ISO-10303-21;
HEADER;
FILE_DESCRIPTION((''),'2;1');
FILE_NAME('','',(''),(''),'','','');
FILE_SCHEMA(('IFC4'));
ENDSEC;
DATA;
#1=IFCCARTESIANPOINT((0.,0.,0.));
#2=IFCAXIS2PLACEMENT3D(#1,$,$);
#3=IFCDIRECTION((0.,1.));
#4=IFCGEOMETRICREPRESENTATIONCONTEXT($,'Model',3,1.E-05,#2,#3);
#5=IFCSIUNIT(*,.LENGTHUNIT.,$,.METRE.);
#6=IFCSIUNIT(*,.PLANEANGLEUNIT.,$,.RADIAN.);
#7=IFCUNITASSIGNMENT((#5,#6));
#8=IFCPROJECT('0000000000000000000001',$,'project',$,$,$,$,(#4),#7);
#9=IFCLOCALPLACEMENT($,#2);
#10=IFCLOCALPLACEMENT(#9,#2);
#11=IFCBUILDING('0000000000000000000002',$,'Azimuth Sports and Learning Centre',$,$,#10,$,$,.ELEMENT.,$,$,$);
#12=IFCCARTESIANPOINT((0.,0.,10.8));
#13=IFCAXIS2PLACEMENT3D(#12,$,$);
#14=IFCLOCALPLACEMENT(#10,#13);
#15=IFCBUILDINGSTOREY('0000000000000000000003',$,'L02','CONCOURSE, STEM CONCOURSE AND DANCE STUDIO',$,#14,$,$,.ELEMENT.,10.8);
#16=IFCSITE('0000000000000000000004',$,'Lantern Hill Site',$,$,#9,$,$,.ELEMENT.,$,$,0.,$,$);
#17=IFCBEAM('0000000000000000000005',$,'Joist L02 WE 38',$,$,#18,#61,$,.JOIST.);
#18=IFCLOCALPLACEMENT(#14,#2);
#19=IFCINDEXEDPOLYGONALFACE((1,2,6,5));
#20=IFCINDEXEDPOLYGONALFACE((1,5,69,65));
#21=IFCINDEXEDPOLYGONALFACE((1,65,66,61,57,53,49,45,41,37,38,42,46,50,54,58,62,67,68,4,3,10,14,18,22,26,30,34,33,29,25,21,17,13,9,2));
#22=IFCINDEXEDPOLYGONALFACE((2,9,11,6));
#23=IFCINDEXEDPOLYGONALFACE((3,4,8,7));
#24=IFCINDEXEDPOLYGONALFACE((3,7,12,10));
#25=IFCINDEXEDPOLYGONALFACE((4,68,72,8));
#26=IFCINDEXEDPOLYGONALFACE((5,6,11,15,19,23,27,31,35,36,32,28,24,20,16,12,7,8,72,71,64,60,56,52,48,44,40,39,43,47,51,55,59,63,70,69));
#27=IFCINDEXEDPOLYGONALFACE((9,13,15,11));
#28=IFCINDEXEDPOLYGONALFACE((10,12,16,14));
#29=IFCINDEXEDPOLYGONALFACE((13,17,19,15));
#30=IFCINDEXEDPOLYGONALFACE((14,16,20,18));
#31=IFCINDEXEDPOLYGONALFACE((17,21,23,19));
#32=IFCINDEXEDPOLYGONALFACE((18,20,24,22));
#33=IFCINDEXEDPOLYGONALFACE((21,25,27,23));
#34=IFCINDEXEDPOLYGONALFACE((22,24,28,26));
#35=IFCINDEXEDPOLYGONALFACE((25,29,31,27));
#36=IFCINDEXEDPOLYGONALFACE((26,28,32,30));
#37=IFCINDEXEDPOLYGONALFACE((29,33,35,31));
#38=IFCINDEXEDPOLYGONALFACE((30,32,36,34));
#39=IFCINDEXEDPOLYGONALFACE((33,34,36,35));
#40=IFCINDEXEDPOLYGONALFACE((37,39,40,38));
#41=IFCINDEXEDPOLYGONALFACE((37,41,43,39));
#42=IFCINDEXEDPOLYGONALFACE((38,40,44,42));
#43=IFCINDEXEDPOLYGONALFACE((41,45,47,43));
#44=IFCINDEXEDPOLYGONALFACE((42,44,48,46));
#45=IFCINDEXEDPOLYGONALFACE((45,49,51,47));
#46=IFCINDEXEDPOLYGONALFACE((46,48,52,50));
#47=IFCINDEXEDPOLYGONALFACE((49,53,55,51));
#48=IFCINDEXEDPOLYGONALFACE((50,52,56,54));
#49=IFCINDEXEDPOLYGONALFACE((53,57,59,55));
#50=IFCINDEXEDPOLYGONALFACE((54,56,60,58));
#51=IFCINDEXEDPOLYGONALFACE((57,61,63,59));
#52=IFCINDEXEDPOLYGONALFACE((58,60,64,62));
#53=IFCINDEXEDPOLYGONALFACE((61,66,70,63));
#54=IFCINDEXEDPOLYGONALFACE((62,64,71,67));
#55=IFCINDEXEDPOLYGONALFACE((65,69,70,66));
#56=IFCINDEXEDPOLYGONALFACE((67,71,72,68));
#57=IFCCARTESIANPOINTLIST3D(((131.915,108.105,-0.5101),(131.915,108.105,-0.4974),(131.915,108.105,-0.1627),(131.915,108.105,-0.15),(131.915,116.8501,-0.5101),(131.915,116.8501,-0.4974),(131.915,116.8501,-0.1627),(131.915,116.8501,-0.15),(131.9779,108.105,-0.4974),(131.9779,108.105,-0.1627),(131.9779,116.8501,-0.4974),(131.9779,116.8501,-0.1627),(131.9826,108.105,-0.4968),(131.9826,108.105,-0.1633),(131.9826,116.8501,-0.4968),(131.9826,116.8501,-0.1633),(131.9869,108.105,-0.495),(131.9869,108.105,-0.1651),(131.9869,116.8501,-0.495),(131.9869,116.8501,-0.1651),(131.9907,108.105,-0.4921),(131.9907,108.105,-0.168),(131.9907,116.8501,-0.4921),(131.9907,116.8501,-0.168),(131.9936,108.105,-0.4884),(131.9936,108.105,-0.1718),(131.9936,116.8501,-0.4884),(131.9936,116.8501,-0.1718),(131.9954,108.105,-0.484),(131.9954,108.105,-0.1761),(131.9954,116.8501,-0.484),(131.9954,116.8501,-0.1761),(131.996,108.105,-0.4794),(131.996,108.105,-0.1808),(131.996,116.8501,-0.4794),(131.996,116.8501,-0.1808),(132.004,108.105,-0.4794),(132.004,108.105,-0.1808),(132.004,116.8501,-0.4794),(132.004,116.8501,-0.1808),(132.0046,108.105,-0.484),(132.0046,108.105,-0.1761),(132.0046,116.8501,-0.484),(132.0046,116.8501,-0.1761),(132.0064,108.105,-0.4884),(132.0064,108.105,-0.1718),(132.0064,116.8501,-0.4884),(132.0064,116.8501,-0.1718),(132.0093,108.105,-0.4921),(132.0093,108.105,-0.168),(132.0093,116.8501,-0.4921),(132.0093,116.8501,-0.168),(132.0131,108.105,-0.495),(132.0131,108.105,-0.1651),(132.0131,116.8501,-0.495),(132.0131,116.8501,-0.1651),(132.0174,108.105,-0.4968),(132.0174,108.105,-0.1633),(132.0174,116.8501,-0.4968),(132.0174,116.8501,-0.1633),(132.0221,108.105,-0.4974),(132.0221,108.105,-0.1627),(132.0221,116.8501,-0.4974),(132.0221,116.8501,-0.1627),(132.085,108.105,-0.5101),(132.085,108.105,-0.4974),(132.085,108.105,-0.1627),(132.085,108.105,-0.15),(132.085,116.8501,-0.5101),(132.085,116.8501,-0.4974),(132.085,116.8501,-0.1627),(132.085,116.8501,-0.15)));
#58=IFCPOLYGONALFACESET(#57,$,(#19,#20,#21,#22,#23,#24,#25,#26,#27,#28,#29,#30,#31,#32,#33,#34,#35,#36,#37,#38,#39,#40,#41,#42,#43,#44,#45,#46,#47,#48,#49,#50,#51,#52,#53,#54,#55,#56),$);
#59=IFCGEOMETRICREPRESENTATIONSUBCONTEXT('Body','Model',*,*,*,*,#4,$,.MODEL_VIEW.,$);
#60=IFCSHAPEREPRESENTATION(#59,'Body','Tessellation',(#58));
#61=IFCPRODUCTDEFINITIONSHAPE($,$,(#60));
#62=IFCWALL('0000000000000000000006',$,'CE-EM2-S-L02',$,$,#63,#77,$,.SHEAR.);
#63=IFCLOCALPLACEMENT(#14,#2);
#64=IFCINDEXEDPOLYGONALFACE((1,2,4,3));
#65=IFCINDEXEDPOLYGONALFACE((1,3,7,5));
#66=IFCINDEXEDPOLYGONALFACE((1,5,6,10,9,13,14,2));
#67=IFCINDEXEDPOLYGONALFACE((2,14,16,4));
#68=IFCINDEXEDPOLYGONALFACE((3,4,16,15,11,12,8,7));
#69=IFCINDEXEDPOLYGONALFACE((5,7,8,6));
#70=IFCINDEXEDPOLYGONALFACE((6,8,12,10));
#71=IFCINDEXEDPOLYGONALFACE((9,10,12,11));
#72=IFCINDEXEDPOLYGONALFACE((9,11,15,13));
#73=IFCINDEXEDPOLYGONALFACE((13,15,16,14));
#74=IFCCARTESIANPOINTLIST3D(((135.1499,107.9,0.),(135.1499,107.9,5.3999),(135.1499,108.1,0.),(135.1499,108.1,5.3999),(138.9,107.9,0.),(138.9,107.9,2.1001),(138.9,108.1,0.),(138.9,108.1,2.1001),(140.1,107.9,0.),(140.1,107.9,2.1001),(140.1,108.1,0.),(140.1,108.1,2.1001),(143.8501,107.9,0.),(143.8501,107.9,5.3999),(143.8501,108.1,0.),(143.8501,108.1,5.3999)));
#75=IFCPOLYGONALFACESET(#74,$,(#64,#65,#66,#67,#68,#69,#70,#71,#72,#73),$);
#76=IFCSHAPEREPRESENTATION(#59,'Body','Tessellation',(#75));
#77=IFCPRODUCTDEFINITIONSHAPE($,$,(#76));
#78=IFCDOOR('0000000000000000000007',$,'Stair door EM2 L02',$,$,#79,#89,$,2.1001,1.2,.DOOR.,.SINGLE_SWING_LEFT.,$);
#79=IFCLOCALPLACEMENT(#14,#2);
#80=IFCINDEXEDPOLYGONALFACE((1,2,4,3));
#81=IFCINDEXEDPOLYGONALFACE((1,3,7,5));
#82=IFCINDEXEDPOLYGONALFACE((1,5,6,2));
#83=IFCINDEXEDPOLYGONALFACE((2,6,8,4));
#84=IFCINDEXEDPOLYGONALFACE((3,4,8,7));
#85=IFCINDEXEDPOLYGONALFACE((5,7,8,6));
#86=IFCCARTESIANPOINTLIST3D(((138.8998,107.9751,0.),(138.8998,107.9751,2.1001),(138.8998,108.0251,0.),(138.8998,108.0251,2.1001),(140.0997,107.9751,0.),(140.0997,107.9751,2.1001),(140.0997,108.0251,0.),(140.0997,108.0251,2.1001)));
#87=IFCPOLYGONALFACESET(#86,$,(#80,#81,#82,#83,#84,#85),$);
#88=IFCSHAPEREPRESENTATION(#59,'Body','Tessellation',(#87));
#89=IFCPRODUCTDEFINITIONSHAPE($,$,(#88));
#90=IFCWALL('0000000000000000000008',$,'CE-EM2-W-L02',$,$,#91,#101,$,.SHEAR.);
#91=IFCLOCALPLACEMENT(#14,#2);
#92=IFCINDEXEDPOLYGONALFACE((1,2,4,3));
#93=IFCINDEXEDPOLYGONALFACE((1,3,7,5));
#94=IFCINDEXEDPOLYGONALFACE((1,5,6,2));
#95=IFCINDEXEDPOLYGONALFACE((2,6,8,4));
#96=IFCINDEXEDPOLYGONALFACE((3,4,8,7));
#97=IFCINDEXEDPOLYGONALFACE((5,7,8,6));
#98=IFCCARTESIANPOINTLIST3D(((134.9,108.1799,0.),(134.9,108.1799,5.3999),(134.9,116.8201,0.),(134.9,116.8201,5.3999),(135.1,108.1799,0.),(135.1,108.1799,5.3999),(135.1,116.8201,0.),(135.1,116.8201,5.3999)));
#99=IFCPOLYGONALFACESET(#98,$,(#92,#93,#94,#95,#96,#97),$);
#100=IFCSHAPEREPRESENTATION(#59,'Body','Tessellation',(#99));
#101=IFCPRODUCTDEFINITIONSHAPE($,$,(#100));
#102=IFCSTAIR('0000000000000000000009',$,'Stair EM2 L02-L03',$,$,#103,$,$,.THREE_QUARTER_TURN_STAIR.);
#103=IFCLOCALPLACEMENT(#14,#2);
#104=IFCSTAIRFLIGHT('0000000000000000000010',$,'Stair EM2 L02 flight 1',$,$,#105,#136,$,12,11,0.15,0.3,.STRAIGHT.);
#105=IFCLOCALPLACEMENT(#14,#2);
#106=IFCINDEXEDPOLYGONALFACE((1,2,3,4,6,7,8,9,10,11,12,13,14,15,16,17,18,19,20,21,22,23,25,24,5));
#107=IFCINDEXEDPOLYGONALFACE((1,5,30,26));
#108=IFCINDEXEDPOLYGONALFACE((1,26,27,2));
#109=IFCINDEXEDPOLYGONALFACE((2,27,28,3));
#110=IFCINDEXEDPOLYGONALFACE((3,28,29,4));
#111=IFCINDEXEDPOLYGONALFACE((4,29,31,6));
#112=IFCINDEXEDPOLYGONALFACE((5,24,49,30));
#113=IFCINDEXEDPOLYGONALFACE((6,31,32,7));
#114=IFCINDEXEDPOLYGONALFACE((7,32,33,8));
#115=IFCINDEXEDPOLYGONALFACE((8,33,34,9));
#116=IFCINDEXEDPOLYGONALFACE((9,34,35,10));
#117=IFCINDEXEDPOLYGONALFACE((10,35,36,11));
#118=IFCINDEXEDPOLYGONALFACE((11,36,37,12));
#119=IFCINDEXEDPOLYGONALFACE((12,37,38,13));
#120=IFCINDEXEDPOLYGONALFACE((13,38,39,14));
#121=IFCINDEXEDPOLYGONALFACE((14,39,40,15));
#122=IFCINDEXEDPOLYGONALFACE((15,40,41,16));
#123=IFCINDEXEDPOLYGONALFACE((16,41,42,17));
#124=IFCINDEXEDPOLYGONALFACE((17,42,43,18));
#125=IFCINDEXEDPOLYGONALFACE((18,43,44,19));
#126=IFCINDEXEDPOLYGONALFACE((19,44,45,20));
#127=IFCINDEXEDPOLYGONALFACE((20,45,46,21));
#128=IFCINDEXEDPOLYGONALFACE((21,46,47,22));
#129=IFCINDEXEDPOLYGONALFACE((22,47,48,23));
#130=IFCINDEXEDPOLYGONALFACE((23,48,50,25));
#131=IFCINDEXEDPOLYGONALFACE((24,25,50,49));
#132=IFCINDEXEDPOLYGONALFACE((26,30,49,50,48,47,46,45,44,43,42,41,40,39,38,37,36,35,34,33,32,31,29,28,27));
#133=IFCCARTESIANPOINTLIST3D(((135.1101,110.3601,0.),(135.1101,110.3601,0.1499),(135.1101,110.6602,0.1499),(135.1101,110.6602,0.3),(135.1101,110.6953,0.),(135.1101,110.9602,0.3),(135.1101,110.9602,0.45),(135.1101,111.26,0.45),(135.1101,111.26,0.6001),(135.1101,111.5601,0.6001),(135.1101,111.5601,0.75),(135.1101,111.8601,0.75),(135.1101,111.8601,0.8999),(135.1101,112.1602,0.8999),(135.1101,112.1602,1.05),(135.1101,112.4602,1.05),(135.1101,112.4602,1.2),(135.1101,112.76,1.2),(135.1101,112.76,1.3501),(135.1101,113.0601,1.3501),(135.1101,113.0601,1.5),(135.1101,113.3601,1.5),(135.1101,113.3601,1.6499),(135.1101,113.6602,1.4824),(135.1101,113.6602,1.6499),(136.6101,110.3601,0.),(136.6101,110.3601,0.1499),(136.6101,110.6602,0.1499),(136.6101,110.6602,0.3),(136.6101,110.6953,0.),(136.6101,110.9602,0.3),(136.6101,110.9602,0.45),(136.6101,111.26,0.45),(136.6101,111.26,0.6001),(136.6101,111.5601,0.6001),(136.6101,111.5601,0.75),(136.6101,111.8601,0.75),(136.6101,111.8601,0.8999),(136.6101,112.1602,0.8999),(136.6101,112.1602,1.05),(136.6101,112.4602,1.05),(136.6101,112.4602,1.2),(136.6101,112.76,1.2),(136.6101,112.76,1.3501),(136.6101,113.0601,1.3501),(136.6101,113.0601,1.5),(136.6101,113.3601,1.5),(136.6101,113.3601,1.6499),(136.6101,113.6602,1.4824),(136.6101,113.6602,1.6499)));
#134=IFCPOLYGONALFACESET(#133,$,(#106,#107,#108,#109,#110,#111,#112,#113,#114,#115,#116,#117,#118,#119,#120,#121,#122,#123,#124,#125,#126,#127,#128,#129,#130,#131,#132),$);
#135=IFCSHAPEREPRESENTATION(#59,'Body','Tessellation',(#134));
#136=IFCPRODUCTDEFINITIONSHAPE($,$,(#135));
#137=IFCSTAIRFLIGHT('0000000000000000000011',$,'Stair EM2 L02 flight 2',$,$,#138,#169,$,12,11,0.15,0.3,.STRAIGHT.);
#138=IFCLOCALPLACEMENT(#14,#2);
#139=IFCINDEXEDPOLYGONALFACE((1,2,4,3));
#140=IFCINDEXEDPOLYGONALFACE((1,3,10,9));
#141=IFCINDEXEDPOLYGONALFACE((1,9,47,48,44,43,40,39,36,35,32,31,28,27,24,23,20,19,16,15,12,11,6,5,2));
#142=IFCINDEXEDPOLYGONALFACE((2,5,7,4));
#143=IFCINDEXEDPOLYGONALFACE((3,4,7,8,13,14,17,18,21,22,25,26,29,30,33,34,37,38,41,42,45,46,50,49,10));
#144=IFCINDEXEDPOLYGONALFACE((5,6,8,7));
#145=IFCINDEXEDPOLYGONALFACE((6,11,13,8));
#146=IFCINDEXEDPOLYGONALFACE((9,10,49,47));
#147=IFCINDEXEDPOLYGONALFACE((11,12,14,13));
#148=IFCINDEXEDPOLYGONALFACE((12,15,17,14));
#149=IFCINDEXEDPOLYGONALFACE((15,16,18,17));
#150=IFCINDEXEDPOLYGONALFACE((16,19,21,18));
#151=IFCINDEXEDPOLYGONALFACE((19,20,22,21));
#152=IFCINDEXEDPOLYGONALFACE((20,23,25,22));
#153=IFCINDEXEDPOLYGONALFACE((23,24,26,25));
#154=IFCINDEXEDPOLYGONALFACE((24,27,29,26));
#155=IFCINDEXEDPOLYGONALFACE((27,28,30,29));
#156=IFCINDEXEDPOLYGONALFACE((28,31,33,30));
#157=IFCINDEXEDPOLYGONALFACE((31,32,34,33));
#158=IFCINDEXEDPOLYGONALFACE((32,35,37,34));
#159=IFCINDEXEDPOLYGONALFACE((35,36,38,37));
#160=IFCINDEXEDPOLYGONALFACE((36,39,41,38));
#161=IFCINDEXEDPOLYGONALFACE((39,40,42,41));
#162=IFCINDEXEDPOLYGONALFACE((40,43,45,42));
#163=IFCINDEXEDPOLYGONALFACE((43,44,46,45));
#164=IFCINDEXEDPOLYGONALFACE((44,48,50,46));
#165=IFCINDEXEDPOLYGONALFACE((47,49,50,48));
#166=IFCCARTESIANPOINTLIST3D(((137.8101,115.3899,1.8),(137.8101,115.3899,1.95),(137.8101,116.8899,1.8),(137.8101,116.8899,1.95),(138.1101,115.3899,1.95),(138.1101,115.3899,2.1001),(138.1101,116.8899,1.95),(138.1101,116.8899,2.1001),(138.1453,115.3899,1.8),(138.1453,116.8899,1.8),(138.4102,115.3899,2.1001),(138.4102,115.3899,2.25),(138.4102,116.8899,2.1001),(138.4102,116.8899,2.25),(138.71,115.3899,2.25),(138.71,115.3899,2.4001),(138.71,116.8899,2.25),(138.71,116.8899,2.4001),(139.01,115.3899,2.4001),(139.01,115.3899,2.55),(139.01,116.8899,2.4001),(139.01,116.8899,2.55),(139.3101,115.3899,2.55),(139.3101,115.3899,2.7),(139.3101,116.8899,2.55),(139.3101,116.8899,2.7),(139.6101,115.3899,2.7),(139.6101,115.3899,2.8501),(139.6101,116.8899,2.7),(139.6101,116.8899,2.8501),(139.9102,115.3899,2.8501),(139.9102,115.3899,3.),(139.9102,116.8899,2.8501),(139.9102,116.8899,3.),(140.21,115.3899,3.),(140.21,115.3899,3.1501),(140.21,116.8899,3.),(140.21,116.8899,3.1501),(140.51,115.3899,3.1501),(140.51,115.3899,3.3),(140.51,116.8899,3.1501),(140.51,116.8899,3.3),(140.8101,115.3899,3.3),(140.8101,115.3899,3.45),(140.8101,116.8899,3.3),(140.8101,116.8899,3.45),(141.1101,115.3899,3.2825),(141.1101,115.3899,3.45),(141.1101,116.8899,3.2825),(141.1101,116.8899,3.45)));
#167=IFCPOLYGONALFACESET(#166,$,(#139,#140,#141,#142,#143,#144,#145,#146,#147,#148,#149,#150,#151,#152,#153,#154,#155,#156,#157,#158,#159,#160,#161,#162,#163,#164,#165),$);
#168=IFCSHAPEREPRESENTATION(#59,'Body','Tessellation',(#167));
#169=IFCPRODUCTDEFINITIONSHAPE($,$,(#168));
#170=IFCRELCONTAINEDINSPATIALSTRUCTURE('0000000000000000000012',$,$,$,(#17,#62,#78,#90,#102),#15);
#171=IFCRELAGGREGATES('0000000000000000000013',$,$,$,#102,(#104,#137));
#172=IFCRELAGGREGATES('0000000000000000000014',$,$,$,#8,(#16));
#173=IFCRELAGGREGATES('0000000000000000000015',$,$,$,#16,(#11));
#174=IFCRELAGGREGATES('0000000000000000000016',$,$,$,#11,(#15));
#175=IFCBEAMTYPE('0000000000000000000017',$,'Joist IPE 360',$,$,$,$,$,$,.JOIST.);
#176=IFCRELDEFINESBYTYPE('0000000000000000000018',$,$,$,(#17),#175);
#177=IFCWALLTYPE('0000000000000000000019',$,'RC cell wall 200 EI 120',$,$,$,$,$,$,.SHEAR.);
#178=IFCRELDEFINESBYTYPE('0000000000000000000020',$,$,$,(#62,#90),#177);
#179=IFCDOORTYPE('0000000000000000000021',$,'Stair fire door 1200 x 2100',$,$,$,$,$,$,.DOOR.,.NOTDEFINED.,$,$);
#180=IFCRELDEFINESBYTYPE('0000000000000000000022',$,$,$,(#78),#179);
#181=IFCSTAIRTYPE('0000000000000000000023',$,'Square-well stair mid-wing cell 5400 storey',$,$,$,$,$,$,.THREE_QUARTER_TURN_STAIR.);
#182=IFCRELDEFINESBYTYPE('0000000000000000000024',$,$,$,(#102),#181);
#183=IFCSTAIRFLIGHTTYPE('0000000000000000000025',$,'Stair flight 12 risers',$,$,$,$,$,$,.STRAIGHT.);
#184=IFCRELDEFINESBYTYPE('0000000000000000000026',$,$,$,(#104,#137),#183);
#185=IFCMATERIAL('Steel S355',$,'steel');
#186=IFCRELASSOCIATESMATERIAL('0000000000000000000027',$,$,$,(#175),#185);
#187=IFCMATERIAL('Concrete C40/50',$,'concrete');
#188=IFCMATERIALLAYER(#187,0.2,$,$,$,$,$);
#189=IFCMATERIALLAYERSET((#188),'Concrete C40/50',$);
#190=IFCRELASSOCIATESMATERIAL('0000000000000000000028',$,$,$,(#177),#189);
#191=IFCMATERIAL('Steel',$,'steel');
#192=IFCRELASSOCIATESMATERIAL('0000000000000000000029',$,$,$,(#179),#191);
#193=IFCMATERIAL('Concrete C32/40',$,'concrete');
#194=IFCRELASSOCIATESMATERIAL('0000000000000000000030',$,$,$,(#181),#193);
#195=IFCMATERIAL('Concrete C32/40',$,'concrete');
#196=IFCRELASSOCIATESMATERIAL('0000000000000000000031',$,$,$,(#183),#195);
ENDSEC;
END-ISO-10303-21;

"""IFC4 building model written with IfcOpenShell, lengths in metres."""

from ifc_helpers import new_model, si_unit, direction, frame, frame_2d, origin, origin_2d, place, context, subcontext, project, spatial, polyline, rectangle, i_section, outline, extrude, material, layer, layer_set, material_profile, profile_set, type_object, element, fill, aggregate, save


model = new_model("IFC4")

# Units and contexts
model_context = context("Model", 3, precision=1e-05, world=origin(), true_north=direction((0.0, 1.0)))
body_context = subcontext(model_context, "Body", "Model", "MODEL_VIEW")
ifc_project = project(units=[si_unit("LENGTHUNIT", "METRE"), si_unit("PLANEANGLEUNIT", "RADIAN")], contexts=[model_context])

# Site, building, storey
site_placement = place(None, origin())
site = spatial("IfcSite", under=ifc_project, at=site_placement, Name="Lantern Hill Site", CompositionType="ELEMENT", RefElevation=0.0)
building_placement = place(site_placement, origin())
building = spatial("IfcBuilding", under=site, at=building_placement, Name="Azimuth Sports and Learning Centre", CompositionType="ELEMENT")
storey_placement = place(building_placement, frame((0.0, 0.0, 10.8)))
storey = spatial("IfcBuildingStorey", under=building, at=storey_placement, Name="L02", Description="CONCOURSE, STEM CONCOURSE AND DANCE STUDIO", CompositionType="ELEMENT", Elevation=10.8)

# Beam
ifc_material_1 = material(Name="Steel S355", Category="steel")
ifc_material_profile_1 = material_profile(ifc_material_1, i_section(OverallWidth=0.1699, OverallDepth=0.3601, WebThickness=0.0081, FlangeThickness=0.0127, FilletRadius=0.0181, at=origin_2d()), Name="IPE 360")
ifc_profile_set_1 = profile_set([ifc_material_profile_1], Name="Steel S355")
beam_type_1 = type_object("IfcBeamType", Name="Joist IPE 360", PredefinedType="JOIST", material=ifc_profile_set_1)
beam_1_placement = place(storey_placement, frame((132.0, 108.105, -0.3301), z_axis=(0.0, 1.0, 0.0), x_axis=(-1.0, 0.0, 0.0)))
element("IfcBeam", 1, at=beam_1_placement, inside=storey, type_object=beam_type_1, Name="Joist L02 WE 38", PredefinedType="JOIST", context=body_context, shape_type="SweptSolid", body=[
    extrude(i_section(OverallWidth=0.1699, OverallDepth=0.3601, WebThickness=0.0081, FlangeThickness=0.0127, FilletRadius=0.0181, at=origin_2d()), origin(), (0.0, 0.0, 1.0), 8.7451),
])

# Wall, opening, door
ifc_material_2 = material(Name="Concrete C40/50", Category="concrete")
ifc_layer = layer(ifc_material_2, 0.2)
ifc_layer_set = layer_set([ifc_layer], Name="Concrete C40/50")
wall_type = type_object("IfcWallType", Name="RC cell wall 200 EI 120", PredefinedType="SHEAR", material=ifc_layer_set)
wall_1_placement = place(storey_placement, frame((135.1499, 108.0, 0.0), z_axis=(0.0, 0.0, 1.0), x_axis=(1.0, 0.0, 0.0)))
wall_1 = element("IfcWall", 2, at=wall_1_placement, inside=storey, type_object=wall_type, Name="CE-EM2-S-L02", PredefinedType="SHEAR", context=body_context, shape_type="SweptSolid", body=[
    extrude(rectangle(XDim=8.7002, YDim=0.2, at=frame_2d((4.3501, 0.0))), origin(), (0.0, 0.0, 1.0), 5.3999),
])
opening_placement = place(wall_1_placement, frame((3.75, 0.0, 0.0)))
opening = element("IfcOpeningElement", 3, at=opening_placement, cuts=wall_1, PredefinedType="OPENING", context=body_context, shape_type="SweptSolid", body=[
    extrude(rectangle(XDim=1.2, YDim=2.1001, at=frame_2d((0.6001, 1.05))), frame((0.0, 0.1108, 0.0), z_axis=(0.0, -1.0, 0.0), x_axis=(1.0, 0.0, 0.0)), (0.0, 0.0, 1.0), 0.2219),
])
ifc_material_3 = material(Name="Steel", Category="steel")
door_type = type_object("IfcDoorType", Name="Stair fire door 1200 x 2100", OperationType="NOTDEFINED", PredefinedType="DOOR", material=ifc_material_3)
door_placement = place(opening_placement, frame((1.2, 0.0, 0.0), z_axis=(0.0, 0.0, 1.0), x_axis=(-1.0, 0.0, 0.0)))
door = element("IfcDoor", 4, at=door_placement, inside=storey, type_object=door_type, Name="Stair door EM2 L02", OperationType="SINGLE_SWING_LEFT", OverallHeight=2.1001, OverallWidth=1.2, PredefinedType="DOOR", context=body_context, shape_type="SweptSolid", body=[
    extrude(rectangle(XDim=1.2, YDim=2.1001, at=frame_2d((0.6001, 1.05))), frame((0.0, 0.0249, 0.0), z_axis=(0.0, -1.0, 0.0), x_axis=(1.0, 0.0, 0.0)), (0.0, 0.0, 1.0), 0.05),
])
fill(opening, door)

# Wall
wall_2_placement = place(storey_placement, frame((135.0, 108.1799, 0.0), z_axis=(0.0, 0.0, 1.0), x_axis=(0.0, 1.0, 0.0)))
element("IfcWall", 5, at=wall_2_placement, inside=storey, type_object=wall_type, Name="CE-EM2-W-L02", PredefinedType="SHEAR", context=body_context, shape_type="SweptSolid", body=[
    extrude(rectangle(XDim=8.6401, YDim=0.2, at=frame_2d((4.3201, 0.0))), origin(), (0.0, 0.0, 1.0), 5.3999),
])

# Stair, stair flights
ifc_material_4 = material(Name="Concrete C32/40", Category="concrete")
stair_type = type_object("IfcStairType", Name="Square-well stair mid-wing cell 5400 storey", PredefinedType="THREE_QUARTER_TURN_STAIR", material=ifc_material_4)
stair_placement = place(storey_placement, origin())
stair = element("IfcStair", 6, at=stair_placement, inside=storey, type_object=stair_type, Name="Stair EM2 L02-L03", PredefinedType="THREE_QUARTER_TURN_STAIR")
ifc_material_5 = material(Name="Concrete C32/40", Category="concrete")
stair_flight_type = type_object("IfcStairFlightType", Name="Stair flight 12 risers", PredefinedType="STRAIGHT", material=ifc_material_5)
stair_flight_1_placement = place(storey_placement, frame((135.8601, 110.3601, 0.0), z_axis=(0.0, 0.0, 1.0), x_axis=(0.0, 1.0, 0.0)))
stair_flight_1 = element("IfcStairFlight", 7, at=stair_flight_1_placement, type_object=stair_flight_type, Name="Stair EM2 L02 flight 1", NumberOfRisers=12, NumberOfTreads=11, PredefinedType="STRAIGHT", RiserHeight=0.15, TreadLength=0.3, context=body_context, shape_type="SweptSolid", body=[
    extrude(outline(polyline([(0.0, 0.0), (0.0, 0.1499), (0.3, 0.1499), (0.3, 0.3), (0.6001, 0.3), (0.6001, 0.45), (0.8999, 0.45), (0.8999, 0.6001), (1.2, 0.6001), (1.2, 0.75), (1.5, 0.75), (1.5, 0.8999), (1.8, 0.8999), (1.8, 1.05), (2.1001, 1.05), (2.1001, 1.2), (2.3999, 1.2), (2.3999, 1.3501), (2.7, 1.3501), (2.7, 1.5), (3.0, 1.5), (3.0, 1.6499), (3.3, 1.6499), (3.3, 1.8), (3.3, 1.4824), (0.3352, 0.0), (0.0, 0.0)])), frame((0.0, 0.75, 0.0), z_axis=(0.0, -1.0, 0.0), x_axis=(1.0, 0.0, 0.0)), (0.0, 0.0, 1.0), 1.5),
])
stair_flight_2_placement = place(storey_placement, frame((137.8101, 116.1399, 1.8), z_axis=(0.0, 0.0, 1.0), x_axis=(1.0, 0.0, 0.0)))
stair_flight_2 = element("IfcStairFlight", 8, at=stair_flight_2_placement, type_object=stair_flight_type, Name="Stair EM2 L02 flight 2", NumberOfRisers=12, NumberOfTreads=11, PredefinedType="STRAIGHT", RiserHeight=0.15, TreadLength=0.3, context=body_context, shape_type="SweptSolid", body=[
    extrude(outline(polyline([(0.0, 0.0), (0.0, 0.1499), (0.3, 0.1499), (0.3, 0.3), (0.6001, 0.3), (0.6001, 0.45), (0.8999, 0.45), (0.8999, 0.6001), (1.2, 0.6001), (1.2, 0.75), (1.5, 0.75), (1.5, 0.8999), (1.8, 0.8999), (1.8, 1.05), (2.1001, 1.05), (2.1001, 1.2), (2.3999, 1.2), (2.3999, 1.3501), (2.7, 1.3501), (2.7, 1.5), (3.0, 1.5), (3.0, 1.6499), (3.3, 1.6499), (3.3, 1.8), (3.3, 1.4824), (0.3352, 0.0), (0.0, 0.0)])), frame((0.0, 0.75, 0.0), z_axis=(0.0, -1.0, 0.0), x_axis=(1.0, 0.0, 0.0)), (0.0, 0.0, 1.0), 1.5),
])
aggregate(stair, [stair_flight_1, stair_flight_2])

save(model, "model.ifc")
